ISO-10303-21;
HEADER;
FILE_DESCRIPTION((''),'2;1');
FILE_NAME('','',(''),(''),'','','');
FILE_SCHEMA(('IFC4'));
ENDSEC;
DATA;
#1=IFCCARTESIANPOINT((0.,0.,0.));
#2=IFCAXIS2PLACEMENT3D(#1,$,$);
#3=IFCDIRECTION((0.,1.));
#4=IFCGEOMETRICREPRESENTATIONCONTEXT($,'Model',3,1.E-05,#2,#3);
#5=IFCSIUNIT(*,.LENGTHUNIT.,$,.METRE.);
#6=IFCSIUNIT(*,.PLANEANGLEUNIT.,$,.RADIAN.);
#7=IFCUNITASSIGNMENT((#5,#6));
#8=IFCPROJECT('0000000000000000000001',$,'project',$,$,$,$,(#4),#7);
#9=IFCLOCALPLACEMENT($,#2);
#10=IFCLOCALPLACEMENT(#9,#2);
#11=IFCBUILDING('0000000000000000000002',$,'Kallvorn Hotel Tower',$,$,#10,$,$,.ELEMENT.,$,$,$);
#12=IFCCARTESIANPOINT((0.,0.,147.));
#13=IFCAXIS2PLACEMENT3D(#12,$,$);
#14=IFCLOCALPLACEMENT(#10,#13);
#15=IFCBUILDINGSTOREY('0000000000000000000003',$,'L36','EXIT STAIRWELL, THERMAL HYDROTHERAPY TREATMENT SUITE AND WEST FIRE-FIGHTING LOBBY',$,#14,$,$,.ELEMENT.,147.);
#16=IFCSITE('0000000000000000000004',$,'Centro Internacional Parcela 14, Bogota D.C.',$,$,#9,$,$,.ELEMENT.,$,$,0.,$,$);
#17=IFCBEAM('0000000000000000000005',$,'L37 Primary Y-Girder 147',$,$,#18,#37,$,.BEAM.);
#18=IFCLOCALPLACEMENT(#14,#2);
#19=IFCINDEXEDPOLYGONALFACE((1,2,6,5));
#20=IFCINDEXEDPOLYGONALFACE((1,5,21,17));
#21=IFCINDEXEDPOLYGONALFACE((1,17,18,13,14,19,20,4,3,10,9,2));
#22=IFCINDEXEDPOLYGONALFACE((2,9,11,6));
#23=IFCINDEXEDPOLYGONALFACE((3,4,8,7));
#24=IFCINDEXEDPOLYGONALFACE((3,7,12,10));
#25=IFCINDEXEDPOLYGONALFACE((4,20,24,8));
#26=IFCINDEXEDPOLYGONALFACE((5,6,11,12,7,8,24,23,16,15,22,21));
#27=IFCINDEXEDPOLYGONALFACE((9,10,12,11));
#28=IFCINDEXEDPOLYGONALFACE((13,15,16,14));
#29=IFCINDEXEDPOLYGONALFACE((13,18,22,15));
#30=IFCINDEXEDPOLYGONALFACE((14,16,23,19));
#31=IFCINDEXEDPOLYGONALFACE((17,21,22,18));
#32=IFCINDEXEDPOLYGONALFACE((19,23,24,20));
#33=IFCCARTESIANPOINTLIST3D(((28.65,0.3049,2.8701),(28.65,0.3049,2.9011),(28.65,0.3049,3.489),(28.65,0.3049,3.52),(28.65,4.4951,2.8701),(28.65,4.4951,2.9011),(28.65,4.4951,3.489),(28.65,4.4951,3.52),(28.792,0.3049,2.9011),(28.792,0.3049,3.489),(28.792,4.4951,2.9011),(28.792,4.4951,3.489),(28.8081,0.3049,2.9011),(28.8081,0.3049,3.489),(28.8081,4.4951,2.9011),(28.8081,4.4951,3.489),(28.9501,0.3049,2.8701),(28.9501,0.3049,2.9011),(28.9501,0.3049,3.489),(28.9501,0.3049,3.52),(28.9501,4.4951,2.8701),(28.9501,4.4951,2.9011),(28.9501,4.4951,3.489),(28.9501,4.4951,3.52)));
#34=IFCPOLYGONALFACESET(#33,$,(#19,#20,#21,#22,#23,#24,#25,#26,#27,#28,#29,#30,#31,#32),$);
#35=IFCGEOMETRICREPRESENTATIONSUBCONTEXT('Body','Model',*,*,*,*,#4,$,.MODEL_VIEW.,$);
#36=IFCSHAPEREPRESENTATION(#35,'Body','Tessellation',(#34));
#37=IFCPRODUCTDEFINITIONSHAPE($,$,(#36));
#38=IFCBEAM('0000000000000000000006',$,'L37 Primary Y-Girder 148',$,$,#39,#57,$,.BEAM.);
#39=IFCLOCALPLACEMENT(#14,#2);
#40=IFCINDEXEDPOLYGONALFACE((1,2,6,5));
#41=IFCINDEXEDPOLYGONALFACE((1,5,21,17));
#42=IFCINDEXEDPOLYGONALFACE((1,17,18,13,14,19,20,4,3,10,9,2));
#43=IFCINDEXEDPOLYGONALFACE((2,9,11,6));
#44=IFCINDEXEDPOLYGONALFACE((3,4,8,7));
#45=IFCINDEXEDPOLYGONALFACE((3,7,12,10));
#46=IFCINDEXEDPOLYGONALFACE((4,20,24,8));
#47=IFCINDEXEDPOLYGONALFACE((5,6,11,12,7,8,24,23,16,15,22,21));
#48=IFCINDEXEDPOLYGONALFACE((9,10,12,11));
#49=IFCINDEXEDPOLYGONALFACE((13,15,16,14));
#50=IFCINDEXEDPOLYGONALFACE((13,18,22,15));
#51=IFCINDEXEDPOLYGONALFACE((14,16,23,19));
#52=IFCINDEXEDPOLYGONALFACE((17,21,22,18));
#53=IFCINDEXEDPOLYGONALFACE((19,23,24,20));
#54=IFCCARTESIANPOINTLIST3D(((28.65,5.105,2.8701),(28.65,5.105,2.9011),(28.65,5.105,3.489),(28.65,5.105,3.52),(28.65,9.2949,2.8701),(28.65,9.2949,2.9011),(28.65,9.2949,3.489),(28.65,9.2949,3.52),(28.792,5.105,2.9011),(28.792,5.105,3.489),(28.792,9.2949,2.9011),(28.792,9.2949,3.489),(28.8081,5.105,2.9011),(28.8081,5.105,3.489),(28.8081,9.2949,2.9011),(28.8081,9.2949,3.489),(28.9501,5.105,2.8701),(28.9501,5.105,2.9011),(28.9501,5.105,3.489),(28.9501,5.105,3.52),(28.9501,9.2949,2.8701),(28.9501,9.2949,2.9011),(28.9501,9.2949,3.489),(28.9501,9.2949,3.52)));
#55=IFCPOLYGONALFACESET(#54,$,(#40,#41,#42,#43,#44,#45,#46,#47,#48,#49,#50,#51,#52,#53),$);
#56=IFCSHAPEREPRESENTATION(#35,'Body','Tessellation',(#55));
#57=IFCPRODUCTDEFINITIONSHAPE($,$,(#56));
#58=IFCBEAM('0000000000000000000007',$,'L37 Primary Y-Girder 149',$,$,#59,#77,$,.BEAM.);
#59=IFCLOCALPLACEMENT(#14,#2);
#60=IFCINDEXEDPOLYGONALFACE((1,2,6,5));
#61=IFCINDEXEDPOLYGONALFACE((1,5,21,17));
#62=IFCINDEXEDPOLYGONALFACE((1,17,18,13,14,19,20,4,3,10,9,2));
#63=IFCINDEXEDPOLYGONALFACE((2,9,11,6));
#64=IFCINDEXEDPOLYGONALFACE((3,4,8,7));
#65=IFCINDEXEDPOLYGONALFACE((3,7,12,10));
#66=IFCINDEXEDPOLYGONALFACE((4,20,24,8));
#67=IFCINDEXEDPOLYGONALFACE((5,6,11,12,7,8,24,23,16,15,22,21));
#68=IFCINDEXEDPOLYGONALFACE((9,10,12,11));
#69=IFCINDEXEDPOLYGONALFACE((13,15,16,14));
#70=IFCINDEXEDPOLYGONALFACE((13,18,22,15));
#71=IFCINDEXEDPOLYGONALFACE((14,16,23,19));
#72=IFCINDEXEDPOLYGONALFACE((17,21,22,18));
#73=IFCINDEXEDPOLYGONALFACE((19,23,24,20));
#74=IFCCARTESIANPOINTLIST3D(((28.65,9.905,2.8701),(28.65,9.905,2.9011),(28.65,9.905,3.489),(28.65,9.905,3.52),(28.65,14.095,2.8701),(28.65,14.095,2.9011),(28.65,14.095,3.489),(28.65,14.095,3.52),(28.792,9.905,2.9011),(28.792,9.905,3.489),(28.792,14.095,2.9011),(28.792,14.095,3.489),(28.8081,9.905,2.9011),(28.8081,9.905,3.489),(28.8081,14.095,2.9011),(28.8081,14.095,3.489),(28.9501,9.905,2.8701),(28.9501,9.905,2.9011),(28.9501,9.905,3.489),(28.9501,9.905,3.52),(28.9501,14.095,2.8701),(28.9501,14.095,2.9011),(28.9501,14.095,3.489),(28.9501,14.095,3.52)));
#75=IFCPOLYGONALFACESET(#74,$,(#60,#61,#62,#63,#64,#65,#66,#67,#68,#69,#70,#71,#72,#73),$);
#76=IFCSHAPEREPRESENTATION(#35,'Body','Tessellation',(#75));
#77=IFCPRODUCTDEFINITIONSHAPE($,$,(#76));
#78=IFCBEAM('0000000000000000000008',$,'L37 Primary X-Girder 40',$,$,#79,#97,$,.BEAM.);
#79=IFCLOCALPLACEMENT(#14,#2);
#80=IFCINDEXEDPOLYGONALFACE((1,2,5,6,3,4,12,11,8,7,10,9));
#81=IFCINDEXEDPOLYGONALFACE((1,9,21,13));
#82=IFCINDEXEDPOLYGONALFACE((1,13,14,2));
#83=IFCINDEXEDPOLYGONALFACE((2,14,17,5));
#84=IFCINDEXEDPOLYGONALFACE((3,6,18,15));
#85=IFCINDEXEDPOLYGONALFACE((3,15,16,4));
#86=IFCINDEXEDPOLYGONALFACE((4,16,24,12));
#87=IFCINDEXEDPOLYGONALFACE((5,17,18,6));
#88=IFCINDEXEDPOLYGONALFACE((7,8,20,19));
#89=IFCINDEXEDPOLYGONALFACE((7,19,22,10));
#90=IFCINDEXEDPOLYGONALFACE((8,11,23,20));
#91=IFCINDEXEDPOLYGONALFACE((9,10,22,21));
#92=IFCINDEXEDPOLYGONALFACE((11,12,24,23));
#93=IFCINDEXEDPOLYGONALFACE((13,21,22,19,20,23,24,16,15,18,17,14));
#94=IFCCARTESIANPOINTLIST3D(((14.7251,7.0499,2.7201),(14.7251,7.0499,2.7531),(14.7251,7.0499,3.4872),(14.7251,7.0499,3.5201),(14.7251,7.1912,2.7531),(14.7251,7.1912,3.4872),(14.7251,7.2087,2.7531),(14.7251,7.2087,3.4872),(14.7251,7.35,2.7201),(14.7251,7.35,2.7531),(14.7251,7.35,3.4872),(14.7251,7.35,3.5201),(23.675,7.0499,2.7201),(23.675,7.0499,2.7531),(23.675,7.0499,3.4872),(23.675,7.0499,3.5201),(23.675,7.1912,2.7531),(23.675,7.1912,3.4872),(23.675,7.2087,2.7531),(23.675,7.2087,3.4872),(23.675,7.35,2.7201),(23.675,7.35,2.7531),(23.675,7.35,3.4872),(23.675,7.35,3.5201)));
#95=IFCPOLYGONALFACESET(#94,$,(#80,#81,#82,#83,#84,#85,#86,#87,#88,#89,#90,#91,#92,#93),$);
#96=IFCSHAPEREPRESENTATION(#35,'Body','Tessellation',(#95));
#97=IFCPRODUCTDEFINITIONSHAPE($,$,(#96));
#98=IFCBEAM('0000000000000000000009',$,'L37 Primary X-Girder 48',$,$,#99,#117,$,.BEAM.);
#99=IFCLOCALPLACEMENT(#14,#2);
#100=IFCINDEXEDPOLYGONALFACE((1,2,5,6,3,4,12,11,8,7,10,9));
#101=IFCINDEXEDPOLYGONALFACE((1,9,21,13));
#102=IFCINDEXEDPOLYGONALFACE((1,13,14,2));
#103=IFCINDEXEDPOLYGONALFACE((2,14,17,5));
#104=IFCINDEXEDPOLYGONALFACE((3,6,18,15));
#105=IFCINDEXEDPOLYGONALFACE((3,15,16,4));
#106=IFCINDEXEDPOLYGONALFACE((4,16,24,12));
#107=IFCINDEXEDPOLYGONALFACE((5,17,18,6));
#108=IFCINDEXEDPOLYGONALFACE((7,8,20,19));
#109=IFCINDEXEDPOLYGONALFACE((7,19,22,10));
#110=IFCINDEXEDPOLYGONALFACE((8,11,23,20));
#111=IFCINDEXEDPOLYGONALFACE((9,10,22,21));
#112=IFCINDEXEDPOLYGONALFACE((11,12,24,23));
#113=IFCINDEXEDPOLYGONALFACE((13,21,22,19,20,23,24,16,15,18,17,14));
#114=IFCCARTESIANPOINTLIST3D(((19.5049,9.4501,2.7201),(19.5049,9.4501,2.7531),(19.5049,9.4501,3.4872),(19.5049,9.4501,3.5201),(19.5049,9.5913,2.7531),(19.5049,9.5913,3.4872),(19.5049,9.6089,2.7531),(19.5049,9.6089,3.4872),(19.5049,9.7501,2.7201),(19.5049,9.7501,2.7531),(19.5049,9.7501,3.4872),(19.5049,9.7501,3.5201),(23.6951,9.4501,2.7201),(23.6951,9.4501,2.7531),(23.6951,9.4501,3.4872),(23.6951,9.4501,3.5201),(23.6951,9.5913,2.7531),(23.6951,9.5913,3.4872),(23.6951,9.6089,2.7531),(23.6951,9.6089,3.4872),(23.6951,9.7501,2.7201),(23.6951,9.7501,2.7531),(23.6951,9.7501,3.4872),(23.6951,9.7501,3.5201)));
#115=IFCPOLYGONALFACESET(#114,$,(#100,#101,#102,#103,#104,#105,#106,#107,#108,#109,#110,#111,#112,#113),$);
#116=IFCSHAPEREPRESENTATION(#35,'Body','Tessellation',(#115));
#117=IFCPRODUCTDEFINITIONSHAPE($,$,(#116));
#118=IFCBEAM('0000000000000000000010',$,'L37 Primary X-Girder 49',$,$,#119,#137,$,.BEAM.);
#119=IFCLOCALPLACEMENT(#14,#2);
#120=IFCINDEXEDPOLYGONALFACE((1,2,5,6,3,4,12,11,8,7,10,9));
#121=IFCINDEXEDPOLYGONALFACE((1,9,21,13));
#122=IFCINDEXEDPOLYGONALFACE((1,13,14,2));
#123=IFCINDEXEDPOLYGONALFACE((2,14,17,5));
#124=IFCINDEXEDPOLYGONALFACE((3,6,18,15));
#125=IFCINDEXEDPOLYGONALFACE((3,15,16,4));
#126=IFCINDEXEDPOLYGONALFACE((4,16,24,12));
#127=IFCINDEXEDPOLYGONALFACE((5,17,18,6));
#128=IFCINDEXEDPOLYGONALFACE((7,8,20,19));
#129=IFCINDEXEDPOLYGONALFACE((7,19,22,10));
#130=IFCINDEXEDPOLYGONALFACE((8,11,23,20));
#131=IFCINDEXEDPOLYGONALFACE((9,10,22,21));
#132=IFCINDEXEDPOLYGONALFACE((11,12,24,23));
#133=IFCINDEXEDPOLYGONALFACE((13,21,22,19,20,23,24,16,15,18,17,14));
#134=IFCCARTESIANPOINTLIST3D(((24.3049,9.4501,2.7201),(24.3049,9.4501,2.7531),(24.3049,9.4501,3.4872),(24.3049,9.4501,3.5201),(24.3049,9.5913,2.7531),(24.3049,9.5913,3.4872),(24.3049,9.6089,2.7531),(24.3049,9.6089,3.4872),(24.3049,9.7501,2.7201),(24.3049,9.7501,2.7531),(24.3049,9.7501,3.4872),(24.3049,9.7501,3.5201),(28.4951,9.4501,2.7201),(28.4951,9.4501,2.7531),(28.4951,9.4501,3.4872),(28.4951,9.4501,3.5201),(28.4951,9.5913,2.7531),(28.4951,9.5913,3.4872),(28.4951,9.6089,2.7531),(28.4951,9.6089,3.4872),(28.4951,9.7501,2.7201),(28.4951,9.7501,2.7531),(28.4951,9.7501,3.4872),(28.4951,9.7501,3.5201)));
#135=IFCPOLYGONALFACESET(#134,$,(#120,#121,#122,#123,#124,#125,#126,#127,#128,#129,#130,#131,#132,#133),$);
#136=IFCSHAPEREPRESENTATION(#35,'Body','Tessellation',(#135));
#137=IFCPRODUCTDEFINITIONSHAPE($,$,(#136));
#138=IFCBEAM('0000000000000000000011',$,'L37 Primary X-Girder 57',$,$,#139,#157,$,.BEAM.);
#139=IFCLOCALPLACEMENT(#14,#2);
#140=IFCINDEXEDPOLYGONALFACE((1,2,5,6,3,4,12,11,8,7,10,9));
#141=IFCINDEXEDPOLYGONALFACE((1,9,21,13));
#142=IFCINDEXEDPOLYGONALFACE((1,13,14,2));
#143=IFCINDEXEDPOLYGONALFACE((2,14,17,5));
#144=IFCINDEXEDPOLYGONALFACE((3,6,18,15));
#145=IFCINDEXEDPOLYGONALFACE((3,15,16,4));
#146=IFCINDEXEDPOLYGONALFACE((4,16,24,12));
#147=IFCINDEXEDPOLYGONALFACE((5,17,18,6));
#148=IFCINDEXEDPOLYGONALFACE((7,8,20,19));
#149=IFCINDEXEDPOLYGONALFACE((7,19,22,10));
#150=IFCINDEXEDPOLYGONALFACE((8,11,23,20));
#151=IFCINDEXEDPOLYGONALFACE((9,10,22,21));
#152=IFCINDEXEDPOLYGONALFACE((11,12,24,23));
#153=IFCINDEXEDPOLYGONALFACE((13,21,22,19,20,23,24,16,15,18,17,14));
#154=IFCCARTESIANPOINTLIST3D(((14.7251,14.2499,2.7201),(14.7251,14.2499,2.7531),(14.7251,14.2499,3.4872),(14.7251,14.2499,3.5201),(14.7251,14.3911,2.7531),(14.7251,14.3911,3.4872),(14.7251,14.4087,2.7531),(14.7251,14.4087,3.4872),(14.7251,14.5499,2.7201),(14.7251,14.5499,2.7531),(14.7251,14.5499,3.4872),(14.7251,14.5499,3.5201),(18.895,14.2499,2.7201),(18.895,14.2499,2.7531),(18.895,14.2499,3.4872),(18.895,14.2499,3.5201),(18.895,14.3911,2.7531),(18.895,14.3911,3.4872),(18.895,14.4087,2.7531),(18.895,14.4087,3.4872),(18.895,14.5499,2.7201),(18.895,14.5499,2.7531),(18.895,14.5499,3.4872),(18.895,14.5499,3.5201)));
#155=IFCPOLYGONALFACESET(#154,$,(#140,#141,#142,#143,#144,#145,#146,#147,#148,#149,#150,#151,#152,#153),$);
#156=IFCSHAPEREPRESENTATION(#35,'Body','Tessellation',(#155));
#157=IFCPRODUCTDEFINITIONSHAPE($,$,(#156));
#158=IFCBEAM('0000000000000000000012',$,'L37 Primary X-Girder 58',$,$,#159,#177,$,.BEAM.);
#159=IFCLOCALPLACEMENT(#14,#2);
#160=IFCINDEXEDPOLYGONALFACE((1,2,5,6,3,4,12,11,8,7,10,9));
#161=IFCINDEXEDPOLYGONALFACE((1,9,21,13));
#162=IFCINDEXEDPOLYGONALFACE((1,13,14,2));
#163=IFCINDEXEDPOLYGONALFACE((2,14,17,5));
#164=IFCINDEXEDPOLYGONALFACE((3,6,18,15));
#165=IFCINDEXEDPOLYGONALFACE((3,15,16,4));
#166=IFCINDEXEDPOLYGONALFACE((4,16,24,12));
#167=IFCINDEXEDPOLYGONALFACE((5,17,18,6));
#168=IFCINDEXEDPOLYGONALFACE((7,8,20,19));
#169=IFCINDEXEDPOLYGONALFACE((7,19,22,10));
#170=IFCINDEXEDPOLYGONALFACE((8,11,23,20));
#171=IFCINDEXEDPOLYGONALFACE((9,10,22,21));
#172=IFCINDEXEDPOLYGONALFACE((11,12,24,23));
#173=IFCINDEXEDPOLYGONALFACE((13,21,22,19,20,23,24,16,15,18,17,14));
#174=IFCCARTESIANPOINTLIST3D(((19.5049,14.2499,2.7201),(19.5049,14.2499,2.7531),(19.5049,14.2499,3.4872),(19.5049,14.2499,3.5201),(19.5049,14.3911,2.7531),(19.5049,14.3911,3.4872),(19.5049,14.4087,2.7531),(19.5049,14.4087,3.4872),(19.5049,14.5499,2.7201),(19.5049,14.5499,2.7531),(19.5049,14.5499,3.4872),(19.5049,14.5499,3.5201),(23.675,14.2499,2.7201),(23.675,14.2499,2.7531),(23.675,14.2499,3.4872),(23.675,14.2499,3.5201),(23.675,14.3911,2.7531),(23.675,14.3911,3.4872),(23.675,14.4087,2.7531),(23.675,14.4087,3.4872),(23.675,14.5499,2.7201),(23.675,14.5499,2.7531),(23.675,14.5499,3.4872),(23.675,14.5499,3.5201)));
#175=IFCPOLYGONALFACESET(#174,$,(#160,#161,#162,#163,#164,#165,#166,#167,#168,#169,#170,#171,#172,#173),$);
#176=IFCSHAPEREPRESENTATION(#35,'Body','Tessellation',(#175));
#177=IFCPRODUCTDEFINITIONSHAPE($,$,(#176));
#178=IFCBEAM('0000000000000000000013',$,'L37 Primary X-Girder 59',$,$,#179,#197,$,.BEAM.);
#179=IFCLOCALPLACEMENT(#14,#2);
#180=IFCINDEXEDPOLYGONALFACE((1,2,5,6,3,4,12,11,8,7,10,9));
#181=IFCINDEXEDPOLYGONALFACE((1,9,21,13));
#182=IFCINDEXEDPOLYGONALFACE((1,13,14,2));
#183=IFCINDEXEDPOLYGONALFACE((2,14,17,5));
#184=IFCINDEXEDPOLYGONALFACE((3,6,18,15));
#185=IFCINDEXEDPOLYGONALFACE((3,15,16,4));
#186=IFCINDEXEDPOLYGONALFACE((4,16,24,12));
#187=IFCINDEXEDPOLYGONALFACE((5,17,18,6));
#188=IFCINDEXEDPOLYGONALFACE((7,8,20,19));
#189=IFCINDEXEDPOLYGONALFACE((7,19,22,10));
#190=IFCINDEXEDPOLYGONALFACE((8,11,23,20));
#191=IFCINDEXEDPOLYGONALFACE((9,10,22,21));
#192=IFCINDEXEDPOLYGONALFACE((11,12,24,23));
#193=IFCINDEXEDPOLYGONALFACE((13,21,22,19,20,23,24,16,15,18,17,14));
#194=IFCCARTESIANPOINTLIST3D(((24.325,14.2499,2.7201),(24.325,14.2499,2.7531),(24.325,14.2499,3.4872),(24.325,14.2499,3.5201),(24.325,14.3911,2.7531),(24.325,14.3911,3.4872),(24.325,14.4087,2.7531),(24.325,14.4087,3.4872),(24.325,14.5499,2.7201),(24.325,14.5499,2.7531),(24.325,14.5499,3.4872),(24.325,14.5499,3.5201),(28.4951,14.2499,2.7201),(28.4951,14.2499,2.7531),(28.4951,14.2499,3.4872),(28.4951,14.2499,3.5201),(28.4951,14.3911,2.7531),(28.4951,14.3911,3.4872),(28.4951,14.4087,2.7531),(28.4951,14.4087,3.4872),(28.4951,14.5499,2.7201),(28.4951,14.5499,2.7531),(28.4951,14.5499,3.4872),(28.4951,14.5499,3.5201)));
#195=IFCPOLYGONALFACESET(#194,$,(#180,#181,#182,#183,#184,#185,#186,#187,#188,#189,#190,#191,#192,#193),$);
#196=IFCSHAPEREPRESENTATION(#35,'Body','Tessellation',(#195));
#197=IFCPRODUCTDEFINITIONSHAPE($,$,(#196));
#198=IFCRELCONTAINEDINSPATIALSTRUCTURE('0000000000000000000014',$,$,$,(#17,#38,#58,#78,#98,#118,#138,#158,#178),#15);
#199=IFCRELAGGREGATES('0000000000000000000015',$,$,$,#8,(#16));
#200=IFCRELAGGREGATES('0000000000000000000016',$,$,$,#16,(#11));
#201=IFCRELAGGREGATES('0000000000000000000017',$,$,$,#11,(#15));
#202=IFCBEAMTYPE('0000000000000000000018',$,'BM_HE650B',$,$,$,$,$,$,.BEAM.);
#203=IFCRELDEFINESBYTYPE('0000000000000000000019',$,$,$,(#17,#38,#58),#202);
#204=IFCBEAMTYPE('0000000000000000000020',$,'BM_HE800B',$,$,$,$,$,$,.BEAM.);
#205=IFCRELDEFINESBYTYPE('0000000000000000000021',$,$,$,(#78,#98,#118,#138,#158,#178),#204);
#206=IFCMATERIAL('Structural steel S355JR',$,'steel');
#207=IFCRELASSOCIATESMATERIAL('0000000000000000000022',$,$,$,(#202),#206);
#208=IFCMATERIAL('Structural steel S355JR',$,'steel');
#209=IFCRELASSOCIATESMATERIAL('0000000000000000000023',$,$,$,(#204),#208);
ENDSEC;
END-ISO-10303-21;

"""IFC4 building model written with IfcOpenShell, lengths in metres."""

from ifc_helpers import new_model, si_unit, direction, frame, origin, origin_2d, place, context, subcontext, project, spatial, i_section, extrude, material, material_profile, profile_set, type_object, element, save


model = new_model("IFC4")

# Units and contexts
model_context = context("Model", 3, precision=1e-05, world=origin(), true_north=direction((0.0, 1.0)))
body_context = subcontext(model_context, "Body", "Model", "MODEL_VIEW")
ifc_project = project(units=[si_unit("LENGTHUNIT", "METRE"), si_unit("PLANEANGLEUNIT", "RADIAN")], contexts=[model_context])

# Site, building, storey
site_placement = place(None, origin())
site = spatial("IfcSite", under=ifc_project, at=site_placement, Name="Centro Internacional Parcela 14, Bogota D.C.", CompositionType="ELEMENT", RefElevation=0.0)
building_placement = place(site_placement, origin())
building = spatial("IfcBuilding", under=site, at=building_placement, Name="Kallvorn Hotel Tower", CompositionType="ELEMENT")
storey_placement = place(building_placement, frame((0.0, 0.0, 147.0)))
storey = spatial("IfcBuildingStorey", under=building, at=storey_placement, Name="L36", Description="EXIT STAIRWELL, THERMAL HYDROTHERAPY TREATMENT SUITE AND WEST FIRE-FIGHTING LOBBY", CompositionType="ELEMENT", Elevation=147.0)

# Beams
ifc_material_1 = material(Name="Structural steel S355JR", Category="steel")
ifc_material_profile_1 = material_profile(ifc_material_1, i_section(OverallWidth=0.3, OverallDepth=0.6499, WebThickness=0.0161, FlangeThickness=0.031, at=origin_2d()), Name="HE 650 B")
ifc_profile_set_1 = profile_set([ifc_material_profile_1], Name="Structural steel S355JR")
beam_type_1 = type_object("IfcBeamType", Name="BM_HE650B", PredefinedType="BEAM", material=ifc_profile_set_1)
beam_1_placement = place(storey_placement, frame((28.8, 0.3049, 3.1951), z_axis=(0.0, 1.0, 0.0), x_axis=(-1.0, 0.0, 0.0)))
element("IfcBeam", 1, at=beam_1_placement, inside=storey, type_object=beam_type_1, Name="L37 Primary Y-Girder 147", PredefinedType="BEAM", context=body_context, shape_type="SweptSolid", body=[
    extrude(i_section(OverallWidth=0.3, OverallDepth=0.6499, WebThickness=0.0161, FlangeThickness=0.031, at=origin_2d()), origin(), (0.0, 0.0, 1.0), 4.1902),
])
for number, where, z_axis, x_axis, name in (
    (2, (28.8, 5.105, 3.1951), (0.0, 1.0, 0.0), (-1.0, 0.0, 0.0), "L37 Primary Y-Girder 148"),
    (3, (28.8, 9.905, 3.1951), (0.0, 1.0, 0.0), (-1.0, 0.0, 0.0), "L37 Primary Y-Girder 149"),
):
    element("IfcBeam", number, at=place(storey_placement, frame(where, z_axis=z_axis, x_axis=x_axis)), inside=storey, type_object=beam_type_1, Name=name, PredefinedType="BEAM", context=body_context, shape_type="SweptSolid", body=[
        extrude(i_section(OverallWidth=0.3, OverallDepth=0.6499, WebThickness=0.0161, FlangeThickness=0.031, at=origin_2d()), origin(), (0.0, 0.0, 1.0), 4.1899),
    ])
ifc_material_2 = material(Name="Structural steel S355JR", Category="steel")
ifc_material_profile_2 = material_profile(ifc_material_2, i_section(OverallWidth=0.3, OverallDepth=0.8, WebThickness=0.0176, FlangeThickness=0.033, at=origin_2d()), Name="HE 800 B")
ifc_profile_set_2 = profile_set([ifc_material_profile_2], Name="Structural steel S355JR")
beam_type_2 = type_object("IfcBeamType", Name="BM_HE800B", PredefinedType="BEAM", material=ifc_profile_set_2)
beam_2_placement = place(storey_placement, frame((14.7251, 7.2, 3.1201), z_axis=(1.0, 0.0, 0.0), x_axis=(0.0, 1.0, 0.0)))
element("IfcBeam", 4, at=beam_2_placement, inside=storey, type_object=beam_type_2, Name="L37 Primary X-Girder 40", PredefinedType="BEAM", context=body_context, shape_type="SweptSolid", body=[
    extrude(i_section(OverallWidth=0.3, OverallDepth=0.8, WebThickness=0.0176, FlangeThickness=0.033, at=origin_2d()), origin(), (0.0, 0.0, 1.0), 8.95),
])
for number, where, z_axis, x_axis, name in (
    (5, (19.5049, 9.6001, 3.1201), (1.0, 0.0, 0.0), (0.0, 1.0, 0.0), "L37 Primary X-Girder 48"),
    (6, (24.3049, 9.6001, 3.1201), (1.0, 0.0, 0.0), (0.0, 1.0, 0.0), "L37 Primary X-Girder 49"),
):
    element("IfcBeam", number, at=place(storey_placement, frame(where, z_axis=z_axis, x_axis=x_axis)), inside=storey, type_object=beam_type_2, Name=name, PredefinedType="BEAM", context=body_context, shape_type="SweptSolid", body=[
        extrude(i_section(OverallWidth=0.3, OverallDepth=0.8, WebThickness=0.0176, FlangeThickness=0.033, at=origin_2d()), origin(), (0.0, 0.0, 1.0), 4.1902),
    ])
beam_3_placement = place(storey_placement, frame((14.7251, 14.3999, 3.1201), z_axis=(1.0, 0.0, 0.0), x_axis=(0.0, 1.0, 0.0)))
element("IfcBeam", 7, at=beam_3_placement, inside=storey, type_object=beam_type_2, Name="L37 Primary X-Girder 57", PredefinedType="BEAM", context=body_context, shape_type="SweptSolid", body=[
    extrude(i_section(OverallWidth=0.3, OverallDepth=0.8, WebThickness=0.0176, FlangeThickness=0.033, at=origin_2d()), origin(), (0.0, 0.0, 1.0), 4.1699),
])
for number, where, z_axis, x_axis, name in (
    (8, (19.5049, 14.3999, 3.1201), (1.0, 0.0, 0.0), (0.0, 1.0, 0.0), "L37 Primary X-Girder 58"),
    (9, (24.325, 14.3999, 3.1201), (1.0, 0.0, 0.0), (0.0, 1.0, 0.0), "L37 Primary X-Girder 59"),
):
    element("IfcBeam", number, at=place(storey_placement, frame(where, z_axis=z_axis, x_axis=x_axis)), inside=storey, type_object=beam_type_2, Name=name, PredefinedType="BEAM", context=body_context, shape_type="SweptSolid", body=[
        extrude(i_section(OverallWidth=0.3, OverallDepth=0.8, WebThickness=0.0176, FlangeThickness=0.033, at=origin_2d()), origin(), (0.0, 0.0, 1.0), 4.1702),
    ])

save(model, "model.ifc")
